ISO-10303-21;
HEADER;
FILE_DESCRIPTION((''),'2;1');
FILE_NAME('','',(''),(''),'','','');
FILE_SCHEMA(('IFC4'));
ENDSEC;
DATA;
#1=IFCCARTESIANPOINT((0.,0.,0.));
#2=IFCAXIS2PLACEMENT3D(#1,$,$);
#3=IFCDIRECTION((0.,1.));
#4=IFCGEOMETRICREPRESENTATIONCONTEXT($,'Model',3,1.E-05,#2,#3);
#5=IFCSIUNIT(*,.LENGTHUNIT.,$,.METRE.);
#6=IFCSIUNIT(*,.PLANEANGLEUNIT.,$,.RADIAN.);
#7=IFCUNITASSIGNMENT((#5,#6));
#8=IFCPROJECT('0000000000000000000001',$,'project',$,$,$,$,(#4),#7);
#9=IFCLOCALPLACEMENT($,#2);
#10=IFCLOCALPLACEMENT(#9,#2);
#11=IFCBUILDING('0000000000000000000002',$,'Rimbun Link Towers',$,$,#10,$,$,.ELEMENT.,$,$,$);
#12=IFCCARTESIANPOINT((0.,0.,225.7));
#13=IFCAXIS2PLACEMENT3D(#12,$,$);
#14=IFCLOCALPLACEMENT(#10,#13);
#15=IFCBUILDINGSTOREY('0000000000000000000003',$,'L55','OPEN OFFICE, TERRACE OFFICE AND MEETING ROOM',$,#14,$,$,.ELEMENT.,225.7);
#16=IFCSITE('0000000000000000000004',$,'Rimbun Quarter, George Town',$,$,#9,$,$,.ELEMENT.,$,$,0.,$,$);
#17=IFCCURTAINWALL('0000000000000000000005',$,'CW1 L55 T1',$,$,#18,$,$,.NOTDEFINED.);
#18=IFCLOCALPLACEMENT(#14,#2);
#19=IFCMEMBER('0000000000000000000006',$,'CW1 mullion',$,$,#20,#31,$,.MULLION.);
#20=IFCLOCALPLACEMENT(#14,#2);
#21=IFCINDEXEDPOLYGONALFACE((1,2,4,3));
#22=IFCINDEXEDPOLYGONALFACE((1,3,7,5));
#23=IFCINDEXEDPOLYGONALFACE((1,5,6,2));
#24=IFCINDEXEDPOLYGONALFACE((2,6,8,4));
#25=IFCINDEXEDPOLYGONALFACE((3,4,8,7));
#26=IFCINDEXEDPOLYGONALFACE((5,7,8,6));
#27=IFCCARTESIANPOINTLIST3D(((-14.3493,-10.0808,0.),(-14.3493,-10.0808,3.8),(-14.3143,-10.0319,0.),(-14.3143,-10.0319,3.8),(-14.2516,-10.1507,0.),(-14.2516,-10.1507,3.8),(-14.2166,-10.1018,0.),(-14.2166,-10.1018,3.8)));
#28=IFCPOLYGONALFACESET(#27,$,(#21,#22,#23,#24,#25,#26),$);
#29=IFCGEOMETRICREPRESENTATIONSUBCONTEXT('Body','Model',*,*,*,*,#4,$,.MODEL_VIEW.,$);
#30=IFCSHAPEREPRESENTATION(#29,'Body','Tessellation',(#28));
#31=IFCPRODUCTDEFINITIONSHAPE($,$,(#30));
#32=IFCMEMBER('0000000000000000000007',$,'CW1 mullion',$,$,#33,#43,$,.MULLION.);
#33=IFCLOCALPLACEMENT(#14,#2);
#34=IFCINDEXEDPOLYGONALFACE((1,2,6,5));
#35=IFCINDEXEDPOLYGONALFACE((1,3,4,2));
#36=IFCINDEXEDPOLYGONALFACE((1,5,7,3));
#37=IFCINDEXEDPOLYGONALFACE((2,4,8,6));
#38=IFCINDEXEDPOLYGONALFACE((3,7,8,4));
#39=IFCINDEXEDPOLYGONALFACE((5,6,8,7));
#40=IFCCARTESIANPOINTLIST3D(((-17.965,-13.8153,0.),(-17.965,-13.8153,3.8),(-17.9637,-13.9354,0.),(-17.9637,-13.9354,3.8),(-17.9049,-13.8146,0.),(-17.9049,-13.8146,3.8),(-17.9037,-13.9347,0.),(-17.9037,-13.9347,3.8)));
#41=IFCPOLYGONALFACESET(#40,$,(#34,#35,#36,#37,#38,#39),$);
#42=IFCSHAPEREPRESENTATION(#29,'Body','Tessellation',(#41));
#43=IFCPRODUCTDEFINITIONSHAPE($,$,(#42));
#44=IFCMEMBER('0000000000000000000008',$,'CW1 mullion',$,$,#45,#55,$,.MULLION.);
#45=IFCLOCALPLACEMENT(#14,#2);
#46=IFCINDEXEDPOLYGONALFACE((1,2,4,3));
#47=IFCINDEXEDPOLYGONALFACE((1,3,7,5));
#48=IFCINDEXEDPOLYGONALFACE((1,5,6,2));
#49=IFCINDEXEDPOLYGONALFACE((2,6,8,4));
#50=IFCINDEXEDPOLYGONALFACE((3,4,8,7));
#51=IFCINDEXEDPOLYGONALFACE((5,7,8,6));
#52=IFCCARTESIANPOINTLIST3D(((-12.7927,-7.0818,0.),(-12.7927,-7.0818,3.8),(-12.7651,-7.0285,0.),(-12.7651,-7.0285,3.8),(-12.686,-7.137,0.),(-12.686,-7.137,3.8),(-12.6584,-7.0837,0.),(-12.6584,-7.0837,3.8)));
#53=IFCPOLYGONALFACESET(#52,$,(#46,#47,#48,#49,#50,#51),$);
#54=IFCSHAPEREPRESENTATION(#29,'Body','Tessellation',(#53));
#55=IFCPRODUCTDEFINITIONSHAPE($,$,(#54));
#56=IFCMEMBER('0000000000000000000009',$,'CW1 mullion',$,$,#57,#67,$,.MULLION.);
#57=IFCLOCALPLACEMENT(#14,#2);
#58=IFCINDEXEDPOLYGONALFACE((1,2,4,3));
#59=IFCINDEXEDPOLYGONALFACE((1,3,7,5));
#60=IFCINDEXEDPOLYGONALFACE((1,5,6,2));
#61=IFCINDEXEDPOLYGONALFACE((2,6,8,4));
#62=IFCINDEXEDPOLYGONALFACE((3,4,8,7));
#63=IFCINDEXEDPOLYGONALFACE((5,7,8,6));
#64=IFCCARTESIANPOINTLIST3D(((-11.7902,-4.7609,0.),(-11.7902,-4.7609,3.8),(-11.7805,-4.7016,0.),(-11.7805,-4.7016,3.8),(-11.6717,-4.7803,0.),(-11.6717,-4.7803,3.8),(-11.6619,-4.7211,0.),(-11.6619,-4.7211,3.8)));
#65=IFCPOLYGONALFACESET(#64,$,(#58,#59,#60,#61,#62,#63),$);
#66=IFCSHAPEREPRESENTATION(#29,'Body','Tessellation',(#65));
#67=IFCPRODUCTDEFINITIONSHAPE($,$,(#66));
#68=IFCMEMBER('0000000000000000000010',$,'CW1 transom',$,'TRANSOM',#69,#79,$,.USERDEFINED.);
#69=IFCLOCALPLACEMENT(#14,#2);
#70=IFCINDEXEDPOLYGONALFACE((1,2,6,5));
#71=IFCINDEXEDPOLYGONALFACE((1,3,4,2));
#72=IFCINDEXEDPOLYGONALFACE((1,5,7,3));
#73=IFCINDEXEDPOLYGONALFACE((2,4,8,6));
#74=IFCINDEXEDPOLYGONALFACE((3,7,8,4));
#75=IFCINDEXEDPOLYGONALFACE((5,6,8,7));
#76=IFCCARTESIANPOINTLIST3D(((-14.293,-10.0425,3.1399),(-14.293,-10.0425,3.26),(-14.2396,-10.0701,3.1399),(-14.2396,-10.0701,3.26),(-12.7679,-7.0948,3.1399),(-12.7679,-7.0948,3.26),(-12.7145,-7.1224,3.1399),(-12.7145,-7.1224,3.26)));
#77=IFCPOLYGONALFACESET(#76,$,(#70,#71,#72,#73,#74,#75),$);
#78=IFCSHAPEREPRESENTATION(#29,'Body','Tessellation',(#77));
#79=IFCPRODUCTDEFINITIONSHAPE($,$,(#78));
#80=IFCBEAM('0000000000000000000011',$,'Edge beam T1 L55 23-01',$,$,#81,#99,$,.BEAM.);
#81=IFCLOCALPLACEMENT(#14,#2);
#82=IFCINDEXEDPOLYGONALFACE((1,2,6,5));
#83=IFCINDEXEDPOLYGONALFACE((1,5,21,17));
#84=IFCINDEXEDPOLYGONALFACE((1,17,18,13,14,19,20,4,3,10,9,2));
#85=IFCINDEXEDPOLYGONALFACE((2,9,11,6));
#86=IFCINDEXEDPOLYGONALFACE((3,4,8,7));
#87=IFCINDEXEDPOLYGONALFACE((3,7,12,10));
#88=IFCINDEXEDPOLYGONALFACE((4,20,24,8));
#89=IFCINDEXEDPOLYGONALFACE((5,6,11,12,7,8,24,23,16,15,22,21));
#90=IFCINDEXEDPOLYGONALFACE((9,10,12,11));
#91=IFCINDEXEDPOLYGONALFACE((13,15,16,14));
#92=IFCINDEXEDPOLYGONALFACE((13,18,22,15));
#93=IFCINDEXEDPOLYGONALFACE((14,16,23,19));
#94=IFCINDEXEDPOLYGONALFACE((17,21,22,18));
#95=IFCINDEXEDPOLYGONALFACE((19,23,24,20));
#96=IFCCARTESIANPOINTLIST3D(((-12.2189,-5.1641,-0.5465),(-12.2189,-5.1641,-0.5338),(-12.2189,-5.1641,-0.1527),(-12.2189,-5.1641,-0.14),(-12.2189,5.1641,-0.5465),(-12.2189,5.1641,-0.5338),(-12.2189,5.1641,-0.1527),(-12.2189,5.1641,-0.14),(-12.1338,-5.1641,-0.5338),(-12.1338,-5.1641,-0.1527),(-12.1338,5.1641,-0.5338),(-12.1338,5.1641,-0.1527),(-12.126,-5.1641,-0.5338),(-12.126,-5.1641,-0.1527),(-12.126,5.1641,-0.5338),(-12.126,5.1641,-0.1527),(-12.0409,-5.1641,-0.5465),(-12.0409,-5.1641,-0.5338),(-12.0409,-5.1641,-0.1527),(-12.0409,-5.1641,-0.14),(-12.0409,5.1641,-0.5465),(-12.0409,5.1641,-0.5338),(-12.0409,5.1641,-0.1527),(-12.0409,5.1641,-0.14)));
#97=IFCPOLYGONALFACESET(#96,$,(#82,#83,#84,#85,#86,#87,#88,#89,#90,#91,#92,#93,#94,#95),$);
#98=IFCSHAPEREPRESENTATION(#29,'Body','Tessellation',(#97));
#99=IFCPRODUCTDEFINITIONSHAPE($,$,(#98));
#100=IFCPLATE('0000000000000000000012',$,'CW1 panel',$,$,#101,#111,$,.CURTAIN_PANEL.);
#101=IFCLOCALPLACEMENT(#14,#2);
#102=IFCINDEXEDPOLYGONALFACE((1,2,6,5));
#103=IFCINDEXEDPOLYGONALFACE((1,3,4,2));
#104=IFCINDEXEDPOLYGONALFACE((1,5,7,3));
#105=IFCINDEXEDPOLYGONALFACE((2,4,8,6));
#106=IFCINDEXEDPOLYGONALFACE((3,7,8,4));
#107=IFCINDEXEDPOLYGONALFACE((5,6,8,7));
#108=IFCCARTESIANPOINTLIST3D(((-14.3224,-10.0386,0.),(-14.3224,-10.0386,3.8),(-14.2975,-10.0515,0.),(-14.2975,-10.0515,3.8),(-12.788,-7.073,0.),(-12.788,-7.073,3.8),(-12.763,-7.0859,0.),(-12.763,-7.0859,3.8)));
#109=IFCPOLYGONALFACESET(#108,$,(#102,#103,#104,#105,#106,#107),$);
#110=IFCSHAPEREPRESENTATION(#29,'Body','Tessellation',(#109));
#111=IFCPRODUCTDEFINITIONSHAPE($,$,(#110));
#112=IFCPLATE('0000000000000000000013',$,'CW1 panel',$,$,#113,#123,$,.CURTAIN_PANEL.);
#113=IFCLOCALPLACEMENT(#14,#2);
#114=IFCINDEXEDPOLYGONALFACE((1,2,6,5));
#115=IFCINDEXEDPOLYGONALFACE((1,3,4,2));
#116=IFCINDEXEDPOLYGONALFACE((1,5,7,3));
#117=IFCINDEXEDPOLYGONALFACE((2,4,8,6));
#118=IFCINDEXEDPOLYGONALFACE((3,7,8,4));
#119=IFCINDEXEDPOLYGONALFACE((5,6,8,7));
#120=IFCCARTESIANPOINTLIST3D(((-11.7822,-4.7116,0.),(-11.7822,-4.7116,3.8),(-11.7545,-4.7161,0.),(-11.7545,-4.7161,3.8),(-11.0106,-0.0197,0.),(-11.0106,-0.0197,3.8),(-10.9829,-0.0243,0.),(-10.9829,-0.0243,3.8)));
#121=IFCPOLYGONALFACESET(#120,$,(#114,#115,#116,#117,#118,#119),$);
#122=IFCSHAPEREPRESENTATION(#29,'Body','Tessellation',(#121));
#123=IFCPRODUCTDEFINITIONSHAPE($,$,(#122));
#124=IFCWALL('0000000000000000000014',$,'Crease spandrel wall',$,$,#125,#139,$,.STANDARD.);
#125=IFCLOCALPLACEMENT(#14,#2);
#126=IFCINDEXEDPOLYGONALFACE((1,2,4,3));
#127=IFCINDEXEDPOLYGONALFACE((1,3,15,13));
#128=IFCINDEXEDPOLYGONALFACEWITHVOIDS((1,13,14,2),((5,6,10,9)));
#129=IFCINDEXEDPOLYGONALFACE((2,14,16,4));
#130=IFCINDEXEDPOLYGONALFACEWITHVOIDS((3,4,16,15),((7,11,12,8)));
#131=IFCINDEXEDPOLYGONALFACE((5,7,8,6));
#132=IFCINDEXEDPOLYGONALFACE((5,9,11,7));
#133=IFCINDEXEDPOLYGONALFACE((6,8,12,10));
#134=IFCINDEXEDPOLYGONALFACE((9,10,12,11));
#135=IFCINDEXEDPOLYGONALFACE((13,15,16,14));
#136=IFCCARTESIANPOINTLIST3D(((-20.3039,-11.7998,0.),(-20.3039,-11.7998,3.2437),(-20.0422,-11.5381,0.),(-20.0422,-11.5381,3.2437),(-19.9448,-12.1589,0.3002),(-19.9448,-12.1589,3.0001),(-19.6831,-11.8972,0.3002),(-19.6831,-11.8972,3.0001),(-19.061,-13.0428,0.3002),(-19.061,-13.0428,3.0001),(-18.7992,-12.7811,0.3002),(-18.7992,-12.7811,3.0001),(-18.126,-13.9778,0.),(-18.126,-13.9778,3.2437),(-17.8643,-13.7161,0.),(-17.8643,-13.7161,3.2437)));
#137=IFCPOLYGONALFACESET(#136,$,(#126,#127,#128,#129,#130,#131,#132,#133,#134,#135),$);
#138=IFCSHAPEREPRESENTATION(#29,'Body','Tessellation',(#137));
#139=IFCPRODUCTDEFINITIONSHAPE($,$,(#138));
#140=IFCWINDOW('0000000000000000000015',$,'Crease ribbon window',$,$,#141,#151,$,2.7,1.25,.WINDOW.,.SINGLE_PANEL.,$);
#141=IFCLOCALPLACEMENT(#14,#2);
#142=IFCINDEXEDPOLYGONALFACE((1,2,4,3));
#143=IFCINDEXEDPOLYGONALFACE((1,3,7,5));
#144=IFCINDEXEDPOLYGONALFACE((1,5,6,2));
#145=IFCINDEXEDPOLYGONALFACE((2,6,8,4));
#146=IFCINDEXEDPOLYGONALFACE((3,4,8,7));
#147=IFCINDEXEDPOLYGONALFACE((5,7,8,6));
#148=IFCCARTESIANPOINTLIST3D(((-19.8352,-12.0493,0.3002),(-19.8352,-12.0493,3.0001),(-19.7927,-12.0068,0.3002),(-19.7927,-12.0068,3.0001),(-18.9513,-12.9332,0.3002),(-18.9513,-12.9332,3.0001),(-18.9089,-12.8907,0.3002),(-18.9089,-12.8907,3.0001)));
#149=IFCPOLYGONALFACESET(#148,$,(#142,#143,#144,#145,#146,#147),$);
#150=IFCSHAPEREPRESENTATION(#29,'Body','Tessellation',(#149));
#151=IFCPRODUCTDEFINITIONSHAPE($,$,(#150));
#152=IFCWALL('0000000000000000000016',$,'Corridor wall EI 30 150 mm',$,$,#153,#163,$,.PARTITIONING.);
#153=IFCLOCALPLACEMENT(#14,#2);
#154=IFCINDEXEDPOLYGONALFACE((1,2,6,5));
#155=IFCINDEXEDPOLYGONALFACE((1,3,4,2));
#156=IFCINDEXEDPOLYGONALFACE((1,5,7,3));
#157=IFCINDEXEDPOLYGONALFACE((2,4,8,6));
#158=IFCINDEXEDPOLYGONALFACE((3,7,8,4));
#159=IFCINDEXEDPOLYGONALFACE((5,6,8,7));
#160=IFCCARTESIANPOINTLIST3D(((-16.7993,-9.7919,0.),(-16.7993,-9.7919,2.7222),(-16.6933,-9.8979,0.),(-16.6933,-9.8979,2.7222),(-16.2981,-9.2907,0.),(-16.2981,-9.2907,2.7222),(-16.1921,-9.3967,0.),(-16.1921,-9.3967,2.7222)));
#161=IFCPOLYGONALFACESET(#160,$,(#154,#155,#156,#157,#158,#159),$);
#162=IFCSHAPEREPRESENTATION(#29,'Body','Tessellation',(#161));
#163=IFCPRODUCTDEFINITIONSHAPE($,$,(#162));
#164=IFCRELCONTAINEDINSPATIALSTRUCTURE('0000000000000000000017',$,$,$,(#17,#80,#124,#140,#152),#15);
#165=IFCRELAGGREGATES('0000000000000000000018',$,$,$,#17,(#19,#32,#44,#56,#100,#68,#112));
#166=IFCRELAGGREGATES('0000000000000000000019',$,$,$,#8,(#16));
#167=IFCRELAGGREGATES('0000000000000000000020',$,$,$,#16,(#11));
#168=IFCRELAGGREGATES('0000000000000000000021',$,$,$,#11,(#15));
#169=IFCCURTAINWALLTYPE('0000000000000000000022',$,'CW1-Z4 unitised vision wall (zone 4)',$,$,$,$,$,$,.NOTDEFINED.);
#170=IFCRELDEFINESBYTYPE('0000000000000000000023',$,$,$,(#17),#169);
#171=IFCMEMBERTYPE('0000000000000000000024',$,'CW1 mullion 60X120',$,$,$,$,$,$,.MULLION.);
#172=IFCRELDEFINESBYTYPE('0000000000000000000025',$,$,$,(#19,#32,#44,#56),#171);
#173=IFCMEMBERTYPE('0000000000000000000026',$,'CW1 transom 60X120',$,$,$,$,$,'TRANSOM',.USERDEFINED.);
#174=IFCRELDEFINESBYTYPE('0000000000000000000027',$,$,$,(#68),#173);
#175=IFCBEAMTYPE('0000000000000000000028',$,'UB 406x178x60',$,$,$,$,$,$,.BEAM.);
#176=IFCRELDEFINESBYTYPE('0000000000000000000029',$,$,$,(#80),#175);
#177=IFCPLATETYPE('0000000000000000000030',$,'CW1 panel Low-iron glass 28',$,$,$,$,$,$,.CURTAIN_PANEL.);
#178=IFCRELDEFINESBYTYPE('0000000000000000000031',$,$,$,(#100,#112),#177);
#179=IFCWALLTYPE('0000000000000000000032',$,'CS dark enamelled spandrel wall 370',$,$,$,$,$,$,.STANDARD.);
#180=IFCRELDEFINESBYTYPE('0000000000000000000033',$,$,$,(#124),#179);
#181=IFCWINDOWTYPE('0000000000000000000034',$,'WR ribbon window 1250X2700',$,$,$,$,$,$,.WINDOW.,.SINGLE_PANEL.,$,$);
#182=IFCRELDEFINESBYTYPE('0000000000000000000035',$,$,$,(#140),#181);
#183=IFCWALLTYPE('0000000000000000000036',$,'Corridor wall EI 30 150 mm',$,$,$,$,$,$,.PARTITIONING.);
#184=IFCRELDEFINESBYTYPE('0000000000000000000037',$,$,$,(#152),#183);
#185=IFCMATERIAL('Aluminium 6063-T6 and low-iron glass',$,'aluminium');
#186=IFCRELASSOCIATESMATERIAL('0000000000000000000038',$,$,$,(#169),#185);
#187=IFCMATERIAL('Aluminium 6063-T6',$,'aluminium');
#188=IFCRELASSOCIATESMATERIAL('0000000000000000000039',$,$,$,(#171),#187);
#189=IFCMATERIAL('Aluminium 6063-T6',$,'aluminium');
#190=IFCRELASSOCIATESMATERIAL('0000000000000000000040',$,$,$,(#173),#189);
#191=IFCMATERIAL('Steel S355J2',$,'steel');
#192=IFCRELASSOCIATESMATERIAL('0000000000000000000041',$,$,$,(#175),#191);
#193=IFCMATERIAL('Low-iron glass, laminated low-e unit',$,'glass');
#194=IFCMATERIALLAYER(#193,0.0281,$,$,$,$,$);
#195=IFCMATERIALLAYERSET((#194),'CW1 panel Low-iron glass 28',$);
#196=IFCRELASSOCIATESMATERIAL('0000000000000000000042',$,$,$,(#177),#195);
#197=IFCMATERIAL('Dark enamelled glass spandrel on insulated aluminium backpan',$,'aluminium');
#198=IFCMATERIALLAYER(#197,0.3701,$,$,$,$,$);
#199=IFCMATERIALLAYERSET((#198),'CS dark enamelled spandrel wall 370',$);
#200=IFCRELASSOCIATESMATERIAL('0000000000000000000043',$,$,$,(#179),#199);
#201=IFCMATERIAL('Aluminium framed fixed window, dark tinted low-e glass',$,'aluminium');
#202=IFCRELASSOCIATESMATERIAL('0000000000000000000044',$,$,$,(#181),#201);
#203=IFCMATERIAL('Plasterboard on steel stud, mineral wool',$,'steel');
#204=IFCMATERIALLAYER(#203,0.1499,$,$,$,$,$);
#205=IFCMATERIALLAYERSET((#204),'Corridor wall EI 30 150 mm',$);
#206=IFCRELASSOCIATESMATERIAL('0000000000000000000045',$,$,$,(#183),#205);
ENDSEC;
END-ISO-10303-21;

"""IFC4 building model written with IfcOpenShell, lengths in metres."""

from ifc_helpers import new_model, si_unit, direction, frame, frame_2d, origin, origin_2d, place, context, subcontext, project, spatial, rectangle, i_section, extrude, material, layer, layer_set, material_profile, profile_set, type_object, element, fill, aggregate, save


model = new_model("IFC4")

# Units and contexts
model_context = context("Model", 3, precision=1e-05, world=origin(), true_north=direction((0.0, 1.0)))
body_context = subcontext(model_context, "Body", "Model", "MODEL_VIEW")
ifc_project = project(units=[si_unit("LENGTHUNIT", "METRE"), si_unit("PLANEANGLEUNIT", "RADIAN")], contexts=[model_context])

# Site, building, storey
site_placement = place(None, origin())
site = spatial("IfcSite", under=ifc_project, at=site_placement, Name="Rimbun Quarter, George Town", CompositionType="ELEMENT", RefElevation=0.0)
building_placement = place(site_placement, origin())
building = spatial("IfcBuilding", under=site, at=building_placement, Name="Rimbun Link Towers", CompositionType="ELEMENT")
storey_placement = place(building_placement, frame((0.0, 0.0, 225.7)))
storey = spatial("IfcBuildingStorey", under=building, at=storey_placement, Name="L55", Description="OPEN OFFICE, TERRACE OFFICE AND MEETING ROOM", CompositionType="ELEMENT", Elevation=225.7)

# Curtain wall, members
ifc_material_1 = material(Name="Aluminium 6063-T6 and low-iron glass", Category="aluminium")
curtain_wall_type = type_object("IfcCurtainWallType", Name="CW1-Z4 unitised vision wall (zone 4)", PredefinedType="NOTDEFINED", material=ifc_material_1)
curtain_wall_placement = place(storey_placement, origin())
curtain_wall = element("IfcCurtainWall", 1, at=curtain_wall_placement, inside=storey, type_object=curtain_wall_type, Name="CW1 L55 T1", PredefinedType="NOTDEFINED")
ifc_material_2 = material(Name="Aluminium 6063-T6", Category="aluminium")
ifc_material_profile_1 = material_profile(ifc_material_2, rectangle(XDim=0.1201, YDim=0.0601, at=origin_2d()), Name="MULLION 60X120")
ifc_profile_set_1 = profile_set([ifc_material_profile_1], Name="Aluminium 6063-T6")
member_type_1 = type_object("IfcMemberType", Name="CW1 mullion 60X120", PredefinedType="MULLION", material=ifc_profile_set_1)
member_1_placement = place(storey_placement, frame((-14.283, -10.0913, 0.0), z_axis=(0.0, 0.0, 1.0), x_axis=(0.813354, -0.58177, 0.0)))
member_1 = element("IfcMember", 2, at=member_1_placement, type_object=member_type_1, Name="CW1 mullion", PredefinedType="MULLION", context=body_context, shape_type="SweptSolid", body=[
    extrude(rectangle(XDim=0.1201, YDim=0.0601, at=origin_2d()), origin(), (0.0, 0.0, 1.0), 3.8),
])
member_2_placement = place(storey_placement, frame((-17.9343, -13.875, 0.0), z_axis=(0.0, 0.0, 1.0), x_axis=(0.010539, -0.999944, 0.0)))
member_2 = element("IfcMember", 3, at=member_2_placement, type_object=member_type_1, Name="CW1 mullion", PredefinedType="MULLION", context=body_context, shape_type="SweptSolid", body=[
    extrude(rectangle(XDim=0.1201, YDim=0.0601, at=origin_2d()), origin(), (0.0, 0.0, 1.0), 3.8),
])
member_3_placement = place(storey_placement, frame((-12.7256, -7.0828, 0.0), z_axis=(0.0, 0.0, 1.0), x_axis=(0.888153, -0.459548, 0.0)))
member_3 = element("IfcMember", 4, at=member_3_placement, type_object=member_type_1, Name="CW1 mullion", PredefinedType="MULLION", context=body_context, shape_type="SweptSolid", body=[
    extrude(rectangle(XDim=0.1201, YDim=0.0601, at=origin_2d()), origin(), (0.0, 0.0, 1.0), 3.8),
])
member_4_placement = place(storey_placement, frame((-11.7261, -4.741, 0.0), z_axis=(0.0, 0.0, 1.0), x_axis=(0.986747, -0.162264, 0.0)))
member_4 = element("IfcMember", 5, at=member_4_placement, type_object=member_type_1, Name="CW1 mullion", PredefinedType="MULLION", context=body_context, shape_type="SweptSolid", body=[
    extrude(rectangle(XDim=0.1201, YDim=0.0601, at=origin_2d()), origin(), (0.0, 0.0, 1.0), 3.8),
])
ifc_material_3 = material(Name="Aluminium 6063-T6", Category="aluminium")
ifc_material_profile_2 = material_profile(ifc_material_3, rectangle(XDim=0.0601, YDim=0.1201, at=origin_2d()), Name="TRANSOM 60X120")
ifc_profile_set_2 = profile_set([ifc_material_profile_2], Name="Aluminium 6063-T6")
member_type_2 = type_object("IfcMemberType", Name="CW1 transom 60X120", ElementType="TRANSOM", PredefinedType="USERDEFINED", material=ifc_profile_set_2)
member_5_placement = place(storey_placement, frame((-12.7412, -7.1086, 3.2), z_axis=(-0.459529, -0.888163, 0.0), x_axis=(0.888163, -0.459529, 0.0)))
member_5 = element("IfcMember", 6, at=member_5_placement, type_object=member_type_2, Name="CW1 transom", ObjectType="TRANSOM", PredefinedType="USERDEFINED", context=body_context, shape_type="SweptSolid", body=[
    extrude(rectangle(XDim=0.0601, YDim=0.1201, at=origin_2d()), origin(), (0.0, 0.0, 1.0), 3.3188),
])

# Beam
ifc_material_4 = material(Name="Steel S355J2", Category="steel")
ifc_material_profile_3 = material_profile(ifc_material_4, i_section(OverallWidth=0.178, OverallDepth=0.4065, WebThickness=0.0078, FlangeThickness=0.0127, at=origin_2d()), Name="UB 406x178x60")
ifc_profile_set_3 = profile_set([ifc_material_profile_3], Name="Steel S355J2")
beam_type = type_object("IfcBeamType", Name="UB 406x178x60", PredefinedType="BEAM", material=ifc_profile_set_3)
beam_placement = place(storey_placement, frame((-12.1299, -5.1641, -0.3433), z_axis=(0.0, 1.0, 0.0), x_axis=(-1.0, 0.0, 0.0)))
element("IfcBeam", 7, at=beam_placement, inside=storey, type_object=beam_type, Name="Edge beam T1 L55 23-01", PredefinedType="BEAM", context=body_context, shape_type="SweptSolid", body=[
    extrude(i_section(OverallWidth=0.178, OverallDepth=0.4065, WebThickness=0.0078, FlangeThickness=0.0127, at=origin_2d()), origin(), (0.0, 0.0, 1.0), 10.3281),
])

# Plates
ifc_material_5 = material(Name="Low-iron glass, laminated low-e unit", Category="glass")
ifc_layer_1 = layer(ifc_material_5, 0.0281)
ifc_layer_set_1 = layer_set([ifc_layer_1], Name="CW1 panel Low-iron glass 28")
plate_type = type_object("IfcPlateType", Name="CW1 panel Low-iron glass 28", PredefinedType="CURTAIN_PANEL", material=ifc_layer_set_1)
plate_1_placement = place(storey_placement, frame((-13.5427, -8.5623, 0.0), z_axis=(0.0, 0.0, 1.0), x_axis=(-0.459548, -0.888153, 0.0)))
plate_1 = element("IfcPlate", 8, at=plate_1_placement, type_object=plate_type, Name="CW1 panel", PredefinedType="CURTAIN_PANEL", context=body_context, shape_type="SweptSolid", body=[
    extrude(rectangle(XDim=3.3391, YDim=0.0281, at=origin_2d()), origin(), (0.0, 0.0, 1.0), 3.8),
])
plate_2_placement = place(storey_placement, frame((-11.3826, -2.3679, 0.0), z_axis=(0.0, 0.0, 1.0), x_axis=(-0.162264, -0.986747, 0.0)))
plate_2 = element("IfcPlate", 9, at=plate_2_placement, type_object=plate_type, Name="CW1 panel", PredefinedType="CURTAIN_PANEL", context=body_context, shape_type="SweptSolid", body=[
    extrude(rectangle(XDim=4.7549, YDim=0.0281, at=origin_2d()), origin(), (0.0, 0.0, 1.0), 3.8),
])
aggregate(curtain_wall, [member_1, member_2, member_3, member_4, plate_1, member_5, plate_2])

# Wall, opening, window
ifc_material_6 = material(Name="Dark enamelled glass spandrel on insulated aluminium backpan", Category="aluminium")
ifc_layer_2 = layer(ifc_material_6, 0.3701)
ifc_layer_set_2 = layer_set([ifc_layer_2], Name="CS dark enamelled spandrel wall 370")
wall_type_1 = type_object("IfcWallType", Name="CS dark enamelled spandrel wall 370", PredefinedType="STANDARD", material=ifc_layer_set_2)
wall_1_placement = place(storey_placement, frame((-17.9951, -13.8469, 0.0), z_axis=(0.0, 0.0, 1.0), x_axis=(-0.707107, 0.707107, 0.0)))
wall_1 = element("IfcWall", 10, at=wall_1_placement, inside=storey, type_object=wall_type_1, Name="Crease spandrel wall", PredefinedType="STANDARD", context=body_context, shape_type="SweptSolid", body=[
    extrude(rectangle(XDim=3.0801, YDim=0.3701, at=frame_2d((1.54, 0.0))), origin(), (0.0, 0.0, 1.0), 3.2437),
])
opening_1_placement = place(wall_1_placement, frame((1.3223, 0.0, 0.3)))
opening_1 = element("IfcOpeningElement", 11, at=opening_1_placement, cuts=wall_1, PredefinedType="OPENING", context=body_context, shape_type="SweptSolid", body=[
    extrude(rectangle(XDim=1.25, YDim=2.7, at=frame_2d((0.625, 1.3501))), frame((0.0, 0.1951, 0.0), z_axis=(0.0, -1.0, 0.0), x_axis=(1.0, 0.0, 0.0)), (0.0, 0.0, 1.0), 0.3901),
])
ifc_material_7 = material(Name="Aluminium framed fixed window, dark tinted low-e glass", Category="aluminium")
window_type = type_object("IfcWindowType", Name="WR ribbon window 1250X2700", PartitioningType="SINGLE_PANEL", PredefinedType="WINDOW", material=ifc_material_7)
window_placement = place(opening_1_placement, origin())
window = element("IfcWindow", 12, at=window_placement, inside=storey, type_object=window_type, Name="Crease ribbon window", OverallHeight=2.7, OverallWidth=1.25, PartitioningType="SINGLE_PANEL", PredefinedType="WINDOW", context=body_context, shape_type="SweptSolid", body=[
    extrude(rectangle(XDim=1.25, YDim=2.7, at=frame_2d((0.625, 1.3501))), frame((0.0, 0.03, 0.0), z_axis=(0.0, -1.0, 0.0), x_axis=(1.0, 0.0, 0.0)), (0.0, 0.0, 1.0), 0.0601),
])
fill(opening_1, window)

# Wall
ifc_material_8 = material(Name="Plasterboard on steel stud, mineral wool", Category="steel")
ifc_layer_3 = layer(ifc_material_8, 0.1499)
ifc_layer_set_3 = layer_set([ifc_layer_3], Name="Corridor wall EI 30 150 mm")
wall_type_2 = type_object("IfcWallType", Name="Corridor wall EI 30 150 mm", PredefinedType="PARTITIONING", material=ifc_layer_set_3)
wall_2_placement = place(storey_placement, frame((-16.7463, -9.845, 0.0), z_axis=(0.0, 0.0, 1.0), x_axis=(0.707107, 0.707107, 0.0)))
element("IfcWall", 13, at=wall_2_placement, inside=storey, type_object=wall_type_2, Name="Corridor wall EI 30 150 mm", PredefinedType="PARTITIONING", context=body_context, shape_type="SweptSolid", body=[
    extrude(rectangle(XDim=0.7087, YDim=0.1499, at=frame_2d((0.3545, 0.0))), origin(), (0.0, 0.0, 1.0), 2.7222),
])

save(model, "model.ifc")
